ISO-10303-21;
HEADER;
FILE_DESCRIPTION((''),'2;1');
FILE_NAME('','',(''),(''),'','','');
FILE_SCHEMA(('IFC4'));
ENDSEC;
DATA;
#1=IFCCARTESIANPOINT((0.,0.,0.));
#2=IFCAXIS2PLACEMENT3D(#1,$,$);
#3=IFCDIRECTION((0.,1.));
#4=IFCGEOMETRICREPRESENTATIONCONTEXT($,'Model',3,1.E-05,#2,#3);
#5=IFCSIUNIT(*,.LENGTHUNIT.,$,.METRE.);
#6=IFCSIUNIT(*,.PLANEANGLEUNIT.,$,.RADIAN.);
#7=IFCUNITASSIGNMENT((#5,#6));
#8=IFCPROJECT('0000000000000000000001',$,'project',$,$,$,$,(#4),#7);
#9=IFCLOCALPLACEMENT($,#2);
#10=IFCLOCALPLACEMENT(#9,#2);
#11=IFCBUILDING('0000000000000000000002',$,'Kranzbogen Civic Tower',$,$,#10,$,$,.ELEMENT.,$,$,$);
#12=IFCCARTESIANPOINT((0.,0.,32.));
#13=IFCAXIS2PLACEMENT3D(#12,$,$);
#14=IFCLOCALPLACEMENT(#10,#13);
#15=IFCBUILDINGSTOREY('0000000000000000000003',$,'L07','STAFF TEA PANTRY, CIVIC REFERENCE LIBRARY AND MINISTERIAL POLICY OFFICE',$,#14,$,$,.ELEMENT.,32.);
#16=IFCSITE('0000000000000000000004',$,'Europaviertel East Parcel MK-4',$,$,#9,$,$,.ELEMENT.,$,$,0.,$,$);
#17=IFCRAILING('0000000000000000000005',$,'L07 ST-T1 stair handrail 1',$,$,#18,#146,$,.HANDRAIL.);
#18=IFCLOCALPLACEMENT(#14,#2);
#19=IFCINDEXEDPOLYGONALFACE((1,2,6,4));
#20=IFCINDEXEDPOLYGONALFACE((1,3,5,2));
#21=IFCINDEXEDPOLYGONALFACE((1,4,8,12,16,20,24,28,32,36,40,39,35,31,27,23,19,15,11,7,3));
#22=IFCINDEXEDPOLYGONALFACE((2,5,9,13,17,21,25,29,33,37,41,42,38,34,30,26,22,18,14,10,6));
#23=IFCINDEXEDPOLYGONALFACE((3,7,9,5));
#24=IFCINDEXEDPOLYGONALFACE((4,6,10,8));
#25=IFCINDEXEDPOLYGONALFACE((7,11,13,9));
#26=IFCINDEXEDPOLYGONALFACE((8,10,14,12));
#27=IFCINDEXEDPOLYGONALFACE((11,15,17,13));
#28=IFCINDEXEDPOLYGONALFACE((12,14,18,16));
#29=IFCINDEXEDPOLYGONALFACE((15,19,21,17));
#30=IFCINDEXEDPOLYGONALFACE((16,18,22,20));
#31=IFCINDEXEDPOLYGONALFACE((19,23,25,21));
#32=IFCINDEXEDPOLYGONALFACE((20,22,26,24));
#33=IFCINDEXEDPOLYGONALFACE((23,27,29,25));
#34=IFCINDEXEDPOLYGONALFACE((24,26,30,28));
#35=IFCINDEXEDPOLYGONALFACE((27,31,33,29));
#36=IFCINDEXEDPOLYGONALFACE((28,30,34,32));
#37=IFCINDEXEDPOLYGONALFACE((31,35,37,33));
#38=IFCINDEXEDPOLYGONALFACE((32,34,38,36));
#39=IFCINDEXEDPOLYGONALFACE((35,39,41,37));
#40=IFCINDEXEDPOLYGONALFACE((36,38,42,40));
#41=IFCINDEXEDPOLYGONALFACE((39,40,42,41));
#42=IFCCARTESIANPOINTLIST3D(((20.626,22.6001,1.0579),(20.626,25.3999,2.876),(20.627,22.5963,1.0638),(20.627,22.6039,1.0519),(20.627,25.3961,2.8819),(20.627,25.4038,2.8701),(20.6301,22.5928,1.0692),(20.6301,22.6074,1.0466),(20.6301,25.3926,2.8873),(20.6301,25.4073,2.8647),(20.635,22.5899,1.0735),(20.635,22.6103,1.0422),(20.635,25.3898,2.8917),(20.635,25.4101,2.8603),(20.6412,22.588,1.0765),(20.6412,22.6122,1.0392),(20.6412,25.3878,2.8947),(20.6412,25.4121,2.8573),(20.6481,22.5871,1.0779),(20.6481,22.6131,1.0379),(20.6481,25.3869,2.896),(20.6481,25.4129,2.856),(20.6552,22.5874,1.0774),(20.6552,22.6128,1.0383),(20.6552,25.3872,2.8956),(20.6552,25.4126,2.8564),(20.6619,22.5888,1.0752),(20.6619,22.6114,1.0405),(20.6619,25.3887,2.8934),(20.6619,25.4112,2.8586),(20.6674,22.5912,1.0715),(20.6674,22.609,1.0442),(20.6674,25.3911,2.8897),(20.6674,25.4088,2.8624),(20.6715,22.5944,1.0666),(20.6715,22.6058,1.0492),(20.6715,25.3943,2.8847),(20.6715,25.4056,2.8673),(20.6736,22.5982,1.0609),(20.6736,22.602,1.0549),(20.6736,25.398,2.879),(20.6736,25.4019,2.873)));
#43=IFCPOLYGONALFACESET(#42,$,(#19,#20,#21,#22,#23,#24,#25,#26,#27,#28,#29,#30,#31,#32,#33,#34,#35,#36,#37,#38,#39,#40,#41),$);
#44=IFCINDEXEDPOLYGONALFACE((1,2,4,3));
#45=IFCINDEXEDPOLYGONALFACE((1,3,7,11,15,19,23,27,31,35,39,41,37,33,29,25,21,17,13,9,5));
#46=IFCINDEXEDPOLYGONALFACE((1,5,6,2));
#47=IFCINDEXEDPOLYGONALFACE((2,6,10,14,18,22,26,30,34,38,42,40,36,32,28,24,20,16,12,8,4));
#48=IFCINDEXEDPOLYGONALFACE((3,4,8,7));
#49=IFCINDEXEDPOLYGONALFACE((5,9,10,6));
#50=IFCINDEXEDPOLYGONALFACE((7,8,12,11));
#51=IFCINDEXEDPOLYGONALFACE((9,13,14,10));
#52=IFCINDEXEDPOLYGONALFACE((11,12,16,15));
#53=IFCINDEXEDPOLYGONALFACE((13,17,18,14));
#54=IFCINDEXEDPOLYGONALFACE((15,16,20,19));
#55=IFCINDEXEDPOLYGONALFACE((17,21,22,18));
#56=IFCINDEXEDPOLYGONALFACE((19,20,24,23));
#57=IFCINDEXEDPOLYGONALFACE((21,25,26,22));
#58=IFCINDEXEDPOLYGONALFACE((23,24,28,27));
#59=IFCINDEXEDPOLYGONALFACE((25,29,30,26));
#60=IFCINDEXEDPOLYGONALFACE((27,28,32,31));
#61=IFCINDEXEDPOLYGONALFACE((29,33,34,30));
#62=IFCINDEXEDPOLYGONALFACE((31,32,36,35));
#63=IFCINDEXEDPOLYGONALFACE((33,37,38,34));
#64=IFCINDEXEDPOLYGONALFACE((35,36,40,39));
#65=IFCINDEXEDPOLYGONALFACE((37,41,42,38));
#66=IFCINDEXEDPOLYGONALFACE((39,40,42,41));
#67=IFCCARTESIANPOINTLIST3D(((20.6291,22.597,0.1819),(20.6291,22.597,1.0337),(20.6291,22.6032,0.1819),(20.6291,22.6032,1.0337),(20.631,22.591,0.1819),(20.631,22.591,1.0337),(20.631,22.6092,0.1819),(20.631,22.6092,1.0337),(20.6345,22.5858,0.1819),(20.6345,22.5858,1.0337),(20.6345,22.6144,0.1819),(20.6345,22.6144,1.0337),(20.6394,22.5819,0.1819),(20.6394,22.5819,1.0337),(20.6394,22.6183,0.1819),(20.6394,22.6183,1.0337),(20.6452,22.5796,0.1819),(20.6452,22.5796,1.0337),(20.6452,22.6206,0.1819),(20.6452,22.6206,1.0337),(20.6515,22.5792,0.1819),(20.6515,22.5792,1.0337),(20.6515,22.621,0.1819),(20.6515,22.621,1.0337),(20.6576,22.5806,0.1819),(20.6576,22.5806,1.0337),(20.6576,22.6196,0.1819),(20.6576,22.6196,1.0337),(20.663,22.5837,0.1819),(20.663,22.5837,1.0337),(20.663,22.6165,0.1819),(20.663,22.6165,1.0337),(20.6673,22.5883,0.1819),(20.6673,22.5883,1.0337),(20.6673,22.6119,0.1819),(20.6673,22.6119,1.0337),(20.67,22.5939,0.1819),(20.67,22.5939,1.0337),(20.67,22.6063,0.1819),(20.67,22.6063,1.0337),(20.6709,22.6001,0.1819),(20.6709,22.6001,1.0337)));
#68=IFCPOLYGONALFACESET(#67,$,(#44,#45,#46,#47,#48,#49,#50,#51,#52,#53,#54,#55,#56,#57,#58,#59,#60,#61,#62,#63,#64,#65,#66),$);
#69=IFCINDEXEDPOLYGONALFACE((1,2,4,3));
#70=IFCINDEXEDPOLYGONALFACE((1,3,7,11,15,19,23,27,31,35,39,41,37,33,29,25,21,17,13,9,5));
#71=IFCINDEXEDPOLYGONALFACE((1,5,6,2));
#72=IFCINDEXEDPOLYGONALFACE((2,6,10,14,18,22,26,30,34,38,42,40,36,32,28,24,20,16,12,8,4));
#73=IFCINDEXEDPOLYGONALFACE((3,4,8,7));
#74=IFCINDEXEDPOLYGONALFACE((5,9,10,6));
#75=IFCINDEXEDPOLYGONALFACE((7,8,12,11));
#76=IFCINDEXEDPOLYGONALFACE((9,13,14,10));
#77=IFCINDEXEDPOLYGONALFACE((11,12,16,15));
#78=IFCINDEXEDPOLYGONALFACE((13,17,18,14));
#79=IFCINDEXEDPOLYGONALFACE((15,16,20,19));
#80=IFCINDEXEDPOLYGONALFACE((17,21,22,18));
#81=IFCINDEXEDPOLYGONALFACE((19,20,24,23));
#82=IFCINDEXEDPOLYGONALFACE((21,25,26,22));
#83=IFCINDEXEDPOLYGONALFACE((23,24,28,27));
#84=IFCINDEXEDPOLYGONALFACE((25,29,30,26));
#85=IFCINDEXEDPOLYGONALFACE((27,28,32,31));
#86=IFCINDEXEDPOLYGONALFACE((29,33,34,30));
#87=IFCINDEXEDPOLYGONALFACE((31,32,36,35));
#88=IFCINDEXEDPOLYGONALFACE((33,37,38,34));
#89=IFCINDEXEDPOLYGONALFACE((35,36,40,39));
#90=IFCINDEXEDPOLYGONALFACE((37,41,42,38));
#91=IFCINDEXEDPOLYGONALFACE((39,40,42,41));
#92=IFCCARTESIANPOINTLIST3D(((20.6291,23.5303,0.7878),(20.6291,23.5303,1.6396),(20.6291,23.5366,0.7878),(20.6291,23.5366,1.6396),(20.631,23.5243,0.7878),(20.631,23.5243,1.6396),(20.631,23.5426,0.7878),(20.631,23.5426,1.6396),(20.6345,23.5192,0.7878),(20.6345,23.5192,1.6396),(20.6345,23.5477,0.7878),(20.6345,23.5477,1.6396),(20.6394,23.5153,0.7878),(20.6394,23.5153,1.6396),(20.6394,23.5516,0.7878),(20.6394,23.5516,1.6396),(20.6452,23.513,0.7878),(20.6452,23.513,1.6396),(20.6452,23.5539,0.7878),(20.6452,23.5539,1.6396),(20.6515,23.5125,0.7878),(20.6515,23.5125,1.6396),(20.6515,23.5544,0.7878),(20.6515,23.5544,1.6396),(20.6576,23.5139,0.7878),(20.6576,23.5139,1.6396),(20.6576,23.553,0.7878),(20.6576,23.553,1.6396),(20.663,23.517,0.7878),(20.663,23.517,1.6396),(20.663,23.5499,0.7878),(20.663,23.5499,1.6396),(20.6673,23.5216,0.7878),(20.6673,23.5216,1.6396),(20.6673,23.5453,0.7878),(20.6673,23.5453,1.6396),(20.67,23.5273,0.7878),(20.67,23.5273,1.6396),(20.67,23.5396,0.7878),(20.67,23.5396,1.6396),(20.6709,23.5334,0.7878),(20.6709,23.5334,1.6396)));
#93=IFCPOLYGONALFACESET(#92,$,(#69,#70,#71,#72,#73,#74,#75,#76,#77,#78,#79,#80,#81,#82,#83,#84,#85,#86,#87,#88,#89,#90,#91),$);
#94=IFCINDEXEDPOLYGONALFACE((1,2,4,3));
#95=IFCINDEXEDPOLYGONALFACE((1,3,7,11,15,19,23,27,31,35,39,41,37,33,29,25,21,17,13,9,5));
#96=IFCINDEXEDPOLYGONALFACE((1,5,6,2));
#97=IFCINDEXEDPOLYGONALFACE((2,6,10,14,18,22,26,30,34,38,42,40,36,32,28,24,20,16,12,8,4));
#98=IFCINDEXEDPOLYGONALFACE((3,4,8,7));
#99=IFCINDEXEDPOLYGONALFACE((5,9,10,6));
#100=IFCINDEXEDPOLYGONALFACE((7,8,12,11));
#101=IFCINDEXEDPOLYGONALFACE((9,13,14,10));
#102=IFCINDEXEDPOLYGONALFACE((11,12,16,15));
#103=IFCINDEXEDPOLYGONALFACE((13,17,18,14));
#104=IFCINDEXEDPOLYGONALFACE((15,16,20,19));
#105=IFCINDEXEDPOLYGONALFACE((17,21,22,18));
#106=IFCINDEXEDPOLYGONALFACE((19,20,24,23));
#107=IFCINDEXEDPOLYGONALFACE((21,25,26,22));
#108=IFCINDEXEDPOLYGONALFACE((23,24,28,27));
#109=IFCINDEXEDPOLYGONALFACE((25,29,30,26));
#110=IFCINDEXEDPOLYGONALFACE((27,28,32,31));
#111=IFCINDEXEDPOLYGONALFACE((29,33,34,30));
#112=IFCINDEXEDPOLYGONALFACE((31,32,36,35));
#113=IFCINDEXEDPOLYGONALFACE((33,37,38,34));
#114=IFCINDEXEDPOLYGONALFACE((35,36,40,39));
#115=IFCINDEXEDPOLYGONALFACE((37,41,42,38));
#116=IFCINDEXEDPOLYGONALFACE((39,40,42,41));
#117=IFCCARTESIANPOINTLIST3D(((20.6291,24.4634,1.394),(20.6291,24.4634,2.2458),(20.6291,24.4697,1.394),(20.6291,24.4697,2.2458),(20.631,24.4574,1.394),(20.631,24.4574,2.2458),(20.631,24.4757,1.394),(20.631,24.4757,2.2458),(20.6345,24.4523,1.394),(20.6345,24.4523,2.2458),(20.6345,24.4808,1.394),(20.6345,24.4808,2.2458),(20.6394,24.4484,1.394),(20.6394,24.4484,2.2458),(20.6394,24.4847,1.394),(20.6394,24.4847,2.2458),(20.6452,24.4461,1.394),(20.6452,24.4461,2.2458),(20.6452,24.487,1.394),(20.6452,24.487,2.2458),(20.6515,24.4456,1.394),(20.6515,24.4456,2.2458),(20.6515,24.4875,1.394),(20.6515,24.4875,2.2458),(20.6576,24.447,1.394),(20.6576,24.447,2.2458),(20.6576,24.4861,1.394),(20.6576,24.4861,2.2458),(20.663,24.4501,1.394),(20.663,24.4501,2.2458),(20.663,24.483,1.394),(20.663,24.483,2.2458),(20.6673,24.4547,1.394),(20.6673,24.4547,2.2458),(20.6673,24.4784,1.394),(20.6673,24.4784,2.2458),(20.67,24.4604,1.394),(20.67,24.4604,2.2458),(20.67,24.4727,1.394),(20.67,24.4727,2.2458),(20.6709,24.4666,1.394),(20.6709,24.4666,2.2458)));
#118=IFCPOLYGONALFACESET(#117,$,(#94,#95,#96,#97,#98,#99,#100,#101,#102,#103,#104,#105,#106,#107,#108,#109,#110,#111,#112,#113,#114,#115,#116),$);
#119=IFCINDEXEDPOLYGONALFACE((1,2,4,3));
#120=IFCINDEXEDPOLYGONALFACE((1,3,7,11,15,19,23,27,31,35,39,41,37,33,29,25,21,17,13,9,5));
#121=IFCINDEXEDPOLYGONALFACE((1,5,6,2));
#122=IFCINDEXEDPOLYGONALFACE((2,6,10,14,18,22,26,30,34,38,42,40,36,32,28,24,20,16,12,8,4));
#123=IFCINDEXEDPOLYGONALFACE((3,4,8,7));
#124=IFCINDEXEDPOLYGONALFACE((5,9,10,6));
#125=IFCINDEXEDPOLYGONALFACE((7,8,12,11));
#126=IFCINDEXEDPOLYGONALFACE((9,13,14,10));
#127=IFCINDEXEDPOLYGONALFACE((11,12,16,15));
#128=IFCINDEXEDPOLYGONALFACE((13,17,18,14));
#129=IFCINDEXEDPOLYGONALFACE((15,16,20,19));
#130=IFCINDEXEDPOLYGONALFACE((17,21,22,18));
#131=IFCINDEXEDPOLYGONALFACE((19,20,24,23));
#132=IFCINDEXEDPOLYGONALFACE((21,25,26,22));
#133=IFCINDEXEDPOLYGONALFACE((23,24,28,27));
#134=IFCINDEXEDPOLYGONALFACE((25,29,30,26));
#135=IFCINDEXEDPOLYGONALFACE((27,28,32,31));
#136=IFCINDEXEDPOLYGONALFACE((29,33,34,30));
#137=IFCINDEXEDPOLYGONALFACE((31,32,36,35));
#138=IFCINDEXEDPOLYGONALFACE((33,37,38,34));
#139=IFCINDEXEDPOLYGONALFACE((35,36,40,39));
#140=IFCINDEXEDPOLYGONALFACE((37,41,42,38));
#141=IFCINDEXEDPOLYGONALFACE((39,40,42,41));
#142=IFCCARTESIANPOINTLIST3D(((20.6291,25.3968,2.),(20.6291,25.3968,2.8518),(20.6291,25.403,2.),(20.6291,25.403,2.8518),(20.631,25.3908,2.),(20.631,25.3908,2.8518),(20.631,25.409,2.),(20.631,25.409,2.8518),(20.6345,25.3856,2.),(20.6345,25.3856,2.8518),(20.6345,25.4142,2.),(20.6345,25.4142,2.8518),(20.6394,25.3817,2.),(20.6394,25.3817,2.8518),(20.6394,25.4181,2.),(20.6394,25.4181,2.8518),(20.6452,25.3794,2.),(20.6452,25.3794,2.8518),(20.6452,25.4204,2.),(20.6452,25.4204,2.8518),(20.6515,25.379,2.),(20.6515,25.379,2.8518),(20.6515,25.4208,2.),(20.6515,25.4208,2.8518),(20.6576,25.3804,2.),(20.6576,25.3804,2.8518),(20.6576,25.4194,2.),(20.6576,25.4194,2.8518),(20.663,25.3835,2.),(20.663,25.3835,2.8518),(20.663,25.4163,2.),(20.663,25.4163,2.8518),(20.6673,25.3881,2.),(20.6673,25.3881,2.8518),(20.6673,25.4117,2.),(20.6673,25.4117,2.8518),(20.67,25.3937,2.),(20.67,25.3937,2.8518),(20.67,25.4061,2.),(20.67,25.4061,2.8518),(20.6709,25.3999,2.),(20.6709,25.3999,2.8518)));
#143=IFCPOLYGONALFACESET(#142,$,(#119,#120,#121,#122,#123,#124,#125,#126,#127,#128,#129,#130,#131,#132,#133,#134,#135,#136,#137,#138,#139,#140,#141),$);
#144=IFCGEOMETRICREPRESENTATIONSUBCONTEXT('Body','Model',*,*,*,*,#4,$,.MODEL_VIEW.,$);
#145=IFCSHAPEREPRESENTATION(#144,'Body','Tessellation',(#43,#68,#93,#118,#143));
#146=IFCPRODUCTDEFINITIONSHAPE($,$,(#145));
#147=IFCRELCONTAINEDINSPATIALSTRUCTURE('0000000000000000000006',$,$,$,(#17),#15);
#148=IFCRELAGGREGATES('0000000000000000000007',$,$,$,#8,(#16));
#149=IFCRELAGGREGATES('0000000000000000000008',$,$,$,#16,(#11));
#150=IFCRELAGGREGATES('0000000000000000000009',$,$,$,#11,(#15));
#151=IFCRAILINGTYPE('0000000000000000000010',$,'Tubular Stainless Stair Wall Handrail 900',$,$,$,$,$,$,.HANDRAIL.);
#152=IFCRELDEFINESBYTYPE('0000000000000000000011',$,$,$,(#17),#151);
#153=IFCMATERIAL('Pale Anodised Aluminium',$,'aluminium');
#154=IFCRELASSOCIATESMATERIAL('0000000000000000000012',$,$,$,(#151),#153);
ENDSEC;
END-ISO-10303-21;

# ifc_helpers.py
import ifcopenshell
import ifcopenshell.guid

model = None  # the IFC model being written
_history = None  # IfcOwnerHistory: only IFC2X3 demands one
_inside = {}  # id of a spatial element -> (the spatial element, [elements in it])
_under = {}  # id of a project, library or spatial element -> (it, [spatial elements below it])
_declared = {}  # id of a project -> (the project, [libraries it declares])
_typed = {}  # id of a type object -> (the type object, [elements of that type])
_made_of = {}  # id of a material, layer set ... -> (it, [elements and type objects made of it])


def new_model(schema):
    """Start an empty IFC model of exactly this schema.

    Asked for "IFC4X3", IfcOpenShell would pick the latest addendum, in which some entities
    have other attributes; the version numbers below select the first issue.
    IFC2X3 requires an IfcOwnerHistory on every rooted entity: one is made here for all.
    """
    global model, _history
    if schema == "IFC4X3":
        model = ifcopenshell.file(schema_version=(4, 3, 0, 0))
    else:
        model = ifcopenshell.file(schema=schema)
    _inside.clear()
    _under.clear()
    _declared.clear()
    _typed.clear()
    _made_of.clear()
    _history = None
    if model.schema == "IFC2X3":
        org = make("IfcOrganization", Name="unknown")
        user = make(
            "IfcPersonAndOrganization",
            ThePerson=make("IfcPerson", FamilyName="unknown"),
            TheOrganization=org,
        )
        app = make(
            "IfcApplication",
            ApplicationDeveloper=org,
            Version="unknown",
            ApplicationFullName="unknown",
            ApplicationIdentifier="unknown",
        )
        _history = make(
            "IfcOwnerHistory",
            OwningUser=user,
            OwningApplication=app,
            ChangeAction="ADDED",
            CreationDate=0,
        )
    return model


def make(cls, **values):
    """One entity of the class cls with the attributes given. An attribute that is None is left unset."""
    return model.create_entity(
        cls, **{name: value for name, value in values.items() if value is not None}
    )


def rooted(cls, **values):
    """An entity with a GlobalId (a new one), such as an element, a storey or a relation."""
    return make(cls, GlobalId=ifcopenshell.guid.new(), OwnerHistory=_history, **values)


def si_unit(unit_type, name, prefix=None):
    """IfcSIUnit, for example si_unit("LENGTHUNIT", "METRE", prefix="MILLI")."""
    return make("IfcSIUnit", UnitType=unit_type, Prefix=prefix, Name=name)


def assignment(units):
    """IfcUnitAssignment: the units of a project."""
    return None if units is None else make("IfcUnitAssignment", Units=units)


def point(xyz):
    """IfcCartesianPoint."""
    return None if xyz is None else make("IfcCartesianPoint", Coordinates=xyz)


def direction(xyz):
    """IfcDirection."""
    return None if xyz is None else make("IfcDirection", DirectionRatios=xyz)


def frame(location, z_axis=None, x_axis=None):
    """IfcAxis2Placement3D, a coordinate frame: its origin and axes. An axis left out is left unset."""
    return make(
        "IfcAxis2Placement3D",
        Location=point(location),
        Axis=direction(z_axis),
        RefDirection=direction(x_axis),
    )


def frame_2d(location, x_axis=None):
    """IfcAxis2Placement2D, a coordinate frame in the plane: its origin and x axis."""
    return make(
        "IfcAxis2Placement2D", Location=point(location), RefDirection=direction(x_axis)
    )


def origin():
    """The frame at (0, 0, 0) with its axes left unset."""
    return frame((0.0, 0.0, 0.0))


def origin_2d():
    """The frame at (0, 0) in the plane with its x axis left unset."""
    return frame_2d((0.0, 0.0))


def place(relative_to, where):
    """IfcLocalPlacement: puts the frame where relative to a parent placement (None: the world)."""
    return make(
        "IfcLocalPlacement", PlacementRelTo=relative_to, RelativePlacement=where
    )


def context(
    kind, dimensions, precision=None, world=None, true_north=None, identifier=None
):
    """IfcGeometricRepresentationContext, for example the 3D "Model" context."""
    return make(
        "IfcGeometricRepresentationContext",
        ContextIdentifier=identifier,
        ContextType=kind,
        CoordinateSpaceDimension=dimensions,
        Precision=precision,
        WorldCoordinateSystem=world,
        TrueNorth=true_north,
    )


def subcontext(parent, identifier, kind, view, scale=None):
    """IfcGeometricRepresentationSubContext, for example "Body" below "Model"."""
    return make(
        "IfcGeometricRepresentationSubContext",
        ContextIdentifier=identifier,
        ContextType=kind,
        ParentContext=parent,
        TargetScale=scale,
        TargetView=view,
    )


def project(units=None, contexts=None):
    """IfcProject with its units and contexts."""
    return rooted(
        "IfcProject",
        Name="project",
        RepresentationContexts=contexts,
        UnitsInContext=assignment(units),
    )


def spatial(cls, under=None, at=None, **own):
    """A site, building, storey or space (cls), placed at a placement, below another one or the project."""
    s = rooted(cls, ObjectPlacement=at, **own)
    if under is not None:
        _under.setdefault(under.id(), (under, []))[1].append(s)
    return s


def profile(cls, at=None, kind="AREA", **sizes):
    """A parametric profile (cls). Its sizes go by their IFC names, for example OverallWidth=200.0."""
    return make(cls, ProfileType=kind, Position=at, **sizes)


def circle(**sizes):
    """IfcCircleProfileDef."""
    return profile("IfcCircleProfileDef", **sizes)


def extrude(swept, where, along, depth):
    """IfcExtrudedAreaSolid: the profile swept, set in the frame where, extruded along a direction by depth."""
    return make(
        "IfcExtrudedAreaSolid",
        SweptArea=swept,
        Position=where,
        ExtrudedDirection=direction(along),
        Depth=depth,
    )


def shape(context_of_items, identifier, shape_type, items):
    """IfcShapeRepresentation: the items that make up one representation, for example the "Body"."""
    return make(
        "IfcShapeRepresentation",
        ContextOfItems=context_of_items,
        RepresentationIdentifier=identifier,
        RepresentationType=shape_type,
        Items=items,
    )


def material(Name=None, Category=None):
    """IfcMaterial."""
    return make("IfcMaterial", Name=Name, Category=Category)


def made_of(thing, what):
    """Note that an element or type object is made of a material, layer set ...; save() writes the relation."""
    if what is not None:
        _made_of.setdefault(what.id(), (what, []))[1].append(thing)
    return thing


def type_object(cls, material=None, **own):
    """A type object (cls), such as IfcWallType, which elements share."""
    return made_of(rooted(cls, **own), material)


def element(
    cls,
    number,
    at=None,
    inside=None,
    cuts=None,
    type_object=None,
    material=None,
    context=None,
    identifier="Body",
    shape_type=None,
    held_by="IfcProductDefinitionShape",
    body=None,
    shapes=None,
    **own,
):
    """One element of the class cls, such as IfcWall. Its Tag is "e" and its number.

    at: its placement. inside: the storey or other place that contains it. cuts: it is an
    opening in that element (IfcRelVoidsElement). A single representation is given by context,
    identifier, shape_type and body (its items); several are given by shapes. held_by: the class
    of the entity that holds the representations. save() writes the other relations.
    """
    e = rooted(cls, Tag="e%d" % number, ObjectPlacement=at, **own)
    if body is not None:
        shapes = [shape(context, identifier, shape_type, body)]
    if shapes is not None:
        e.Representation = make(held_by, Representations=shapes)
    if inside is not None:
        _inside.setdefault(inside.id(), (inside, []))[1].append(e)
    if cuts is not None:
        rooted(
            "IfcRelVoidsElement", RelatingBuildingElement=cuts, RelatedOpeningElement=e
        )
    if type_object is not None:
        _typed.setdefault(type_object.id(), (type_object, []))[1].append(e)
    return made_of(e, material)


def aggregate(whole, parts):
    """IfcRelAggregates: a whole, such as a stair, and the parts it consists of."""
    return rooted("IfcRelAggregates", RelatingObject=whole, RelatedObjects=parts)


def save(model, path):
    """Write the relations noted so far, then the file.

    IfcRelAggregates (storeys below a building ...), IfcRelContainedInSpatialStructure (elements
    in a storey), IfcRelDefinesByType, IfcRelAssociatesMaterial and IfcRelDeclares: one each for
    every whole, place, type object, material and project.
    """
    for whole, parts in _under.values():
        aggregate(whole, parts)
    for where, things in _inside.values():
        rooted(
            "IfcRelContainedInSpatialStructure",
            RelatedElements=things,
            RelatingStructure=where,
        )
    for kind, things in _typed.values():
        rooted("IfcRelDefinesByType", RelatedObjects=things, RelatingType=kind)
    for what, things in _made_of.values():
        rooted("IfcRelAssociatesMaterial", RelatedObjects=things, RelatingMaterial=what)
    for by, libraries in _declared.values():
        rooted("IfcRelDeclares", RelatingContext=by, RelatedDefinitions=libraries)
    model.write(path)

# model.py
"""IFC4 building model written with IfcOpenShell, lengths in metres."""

from ifc_helpers import new_model, si_unit, direction, frame, origin, origin_2d, place, context, subcontext, project, spatial, circle, extrude, material, type_object, element, save


model = new_model("IFC4")

# Units and contexts
model_context = context("Model", 3, precision=1e-05, world=origin(), true_north=direction((0.0, 1.0)))
body_context = subcontext(model_context, "Body", "Model", "MODEL_VIEW")
ifc_project = project(units=[si_unit("LENGTHUNIT", "METRE"), si_unit("PLANEANGLEUNIT", "RADIAN")], contexts=[model_context])

# Site, building, storey
site_placement = place(None, origin())
site = spatial("IfcSite", under=ifc_project, at=site_placement, Name="Europaviertel East Parcel MK-4", CompositionType="ELEMENT", RefElevation=0.0)
building_placement = place(site_placement, origin())
building = spatial("IfcBuilding", under=site, at=building_placement, Name="Kranzbogen Civic Tower", CompositionType="ELEMENT")
storey_placement = place(building_placement, frame((0.0, 0.0, 32.0)))
storey = spatial("IfcBuildingStorey", under=building, at=storey_placement, Name="L07", Description="STAFF TEA PANTRY, CIVIC REFERENCE LIBRARY AND MINISTERIAL POLICY OFFICE", CompositionType="ELEMENT", Elevation=32.0)

# Shared definitions
ifc_material_1 = material(Name="Pale Anodised Aluminium", Category="aluminium")

# Railing
railing_type_1 = type_object("IfcRailingType", Name="Tubular Stainless Stair Wall Handrail 900", PredefinedType="HANDRAIL", material=ifc_material_1)
railing_1_placement = place(storey_placement, frame((20.6499, 22.6001, 0.1819)))
element("IfcRailing", 1, at=railing_1_placement, inside=storey, type_object=railing_type_1, Name="L07 ST-T1 stair handrail 1", PredefinedType="HANDRAIL", context=body_context, shape_type="SweptSolid", body=[
    extrude(circle(Radius=0.0239, at=origin_2d()), frame((0.0, 0.0, 0.876), z_axis=(0.0, 0.838684, 0.544618), x_axis=(-1.0, 0.0, 0.0)), (0.0, 0.0, 1.0), 3.3384),
    extrude(circle(Radius=0.021, at=origin_2d()), origin(), (0.0, 0.0, 1.0), 0.8518),
    extrude(circle(Radius=0.021, at=origin_2d()), frame((0.0, 0.9333, 0.606)), (0.0, 0.0, 1.0), 0.8518),
    extrude(circle(Radius=0.021, at=origin_2d()), frame((0.0, 1.8665, 1.2122)), (0.0, 0.0, 1.0), 0.8518),
    extrude(circle(Radius=0.021, at=origin_2d()), frame((0.0, 2.7998, 1.8181)), (0.0, 0.0, 1.0), 0.8518),
])

save(model, "model.ifc")
